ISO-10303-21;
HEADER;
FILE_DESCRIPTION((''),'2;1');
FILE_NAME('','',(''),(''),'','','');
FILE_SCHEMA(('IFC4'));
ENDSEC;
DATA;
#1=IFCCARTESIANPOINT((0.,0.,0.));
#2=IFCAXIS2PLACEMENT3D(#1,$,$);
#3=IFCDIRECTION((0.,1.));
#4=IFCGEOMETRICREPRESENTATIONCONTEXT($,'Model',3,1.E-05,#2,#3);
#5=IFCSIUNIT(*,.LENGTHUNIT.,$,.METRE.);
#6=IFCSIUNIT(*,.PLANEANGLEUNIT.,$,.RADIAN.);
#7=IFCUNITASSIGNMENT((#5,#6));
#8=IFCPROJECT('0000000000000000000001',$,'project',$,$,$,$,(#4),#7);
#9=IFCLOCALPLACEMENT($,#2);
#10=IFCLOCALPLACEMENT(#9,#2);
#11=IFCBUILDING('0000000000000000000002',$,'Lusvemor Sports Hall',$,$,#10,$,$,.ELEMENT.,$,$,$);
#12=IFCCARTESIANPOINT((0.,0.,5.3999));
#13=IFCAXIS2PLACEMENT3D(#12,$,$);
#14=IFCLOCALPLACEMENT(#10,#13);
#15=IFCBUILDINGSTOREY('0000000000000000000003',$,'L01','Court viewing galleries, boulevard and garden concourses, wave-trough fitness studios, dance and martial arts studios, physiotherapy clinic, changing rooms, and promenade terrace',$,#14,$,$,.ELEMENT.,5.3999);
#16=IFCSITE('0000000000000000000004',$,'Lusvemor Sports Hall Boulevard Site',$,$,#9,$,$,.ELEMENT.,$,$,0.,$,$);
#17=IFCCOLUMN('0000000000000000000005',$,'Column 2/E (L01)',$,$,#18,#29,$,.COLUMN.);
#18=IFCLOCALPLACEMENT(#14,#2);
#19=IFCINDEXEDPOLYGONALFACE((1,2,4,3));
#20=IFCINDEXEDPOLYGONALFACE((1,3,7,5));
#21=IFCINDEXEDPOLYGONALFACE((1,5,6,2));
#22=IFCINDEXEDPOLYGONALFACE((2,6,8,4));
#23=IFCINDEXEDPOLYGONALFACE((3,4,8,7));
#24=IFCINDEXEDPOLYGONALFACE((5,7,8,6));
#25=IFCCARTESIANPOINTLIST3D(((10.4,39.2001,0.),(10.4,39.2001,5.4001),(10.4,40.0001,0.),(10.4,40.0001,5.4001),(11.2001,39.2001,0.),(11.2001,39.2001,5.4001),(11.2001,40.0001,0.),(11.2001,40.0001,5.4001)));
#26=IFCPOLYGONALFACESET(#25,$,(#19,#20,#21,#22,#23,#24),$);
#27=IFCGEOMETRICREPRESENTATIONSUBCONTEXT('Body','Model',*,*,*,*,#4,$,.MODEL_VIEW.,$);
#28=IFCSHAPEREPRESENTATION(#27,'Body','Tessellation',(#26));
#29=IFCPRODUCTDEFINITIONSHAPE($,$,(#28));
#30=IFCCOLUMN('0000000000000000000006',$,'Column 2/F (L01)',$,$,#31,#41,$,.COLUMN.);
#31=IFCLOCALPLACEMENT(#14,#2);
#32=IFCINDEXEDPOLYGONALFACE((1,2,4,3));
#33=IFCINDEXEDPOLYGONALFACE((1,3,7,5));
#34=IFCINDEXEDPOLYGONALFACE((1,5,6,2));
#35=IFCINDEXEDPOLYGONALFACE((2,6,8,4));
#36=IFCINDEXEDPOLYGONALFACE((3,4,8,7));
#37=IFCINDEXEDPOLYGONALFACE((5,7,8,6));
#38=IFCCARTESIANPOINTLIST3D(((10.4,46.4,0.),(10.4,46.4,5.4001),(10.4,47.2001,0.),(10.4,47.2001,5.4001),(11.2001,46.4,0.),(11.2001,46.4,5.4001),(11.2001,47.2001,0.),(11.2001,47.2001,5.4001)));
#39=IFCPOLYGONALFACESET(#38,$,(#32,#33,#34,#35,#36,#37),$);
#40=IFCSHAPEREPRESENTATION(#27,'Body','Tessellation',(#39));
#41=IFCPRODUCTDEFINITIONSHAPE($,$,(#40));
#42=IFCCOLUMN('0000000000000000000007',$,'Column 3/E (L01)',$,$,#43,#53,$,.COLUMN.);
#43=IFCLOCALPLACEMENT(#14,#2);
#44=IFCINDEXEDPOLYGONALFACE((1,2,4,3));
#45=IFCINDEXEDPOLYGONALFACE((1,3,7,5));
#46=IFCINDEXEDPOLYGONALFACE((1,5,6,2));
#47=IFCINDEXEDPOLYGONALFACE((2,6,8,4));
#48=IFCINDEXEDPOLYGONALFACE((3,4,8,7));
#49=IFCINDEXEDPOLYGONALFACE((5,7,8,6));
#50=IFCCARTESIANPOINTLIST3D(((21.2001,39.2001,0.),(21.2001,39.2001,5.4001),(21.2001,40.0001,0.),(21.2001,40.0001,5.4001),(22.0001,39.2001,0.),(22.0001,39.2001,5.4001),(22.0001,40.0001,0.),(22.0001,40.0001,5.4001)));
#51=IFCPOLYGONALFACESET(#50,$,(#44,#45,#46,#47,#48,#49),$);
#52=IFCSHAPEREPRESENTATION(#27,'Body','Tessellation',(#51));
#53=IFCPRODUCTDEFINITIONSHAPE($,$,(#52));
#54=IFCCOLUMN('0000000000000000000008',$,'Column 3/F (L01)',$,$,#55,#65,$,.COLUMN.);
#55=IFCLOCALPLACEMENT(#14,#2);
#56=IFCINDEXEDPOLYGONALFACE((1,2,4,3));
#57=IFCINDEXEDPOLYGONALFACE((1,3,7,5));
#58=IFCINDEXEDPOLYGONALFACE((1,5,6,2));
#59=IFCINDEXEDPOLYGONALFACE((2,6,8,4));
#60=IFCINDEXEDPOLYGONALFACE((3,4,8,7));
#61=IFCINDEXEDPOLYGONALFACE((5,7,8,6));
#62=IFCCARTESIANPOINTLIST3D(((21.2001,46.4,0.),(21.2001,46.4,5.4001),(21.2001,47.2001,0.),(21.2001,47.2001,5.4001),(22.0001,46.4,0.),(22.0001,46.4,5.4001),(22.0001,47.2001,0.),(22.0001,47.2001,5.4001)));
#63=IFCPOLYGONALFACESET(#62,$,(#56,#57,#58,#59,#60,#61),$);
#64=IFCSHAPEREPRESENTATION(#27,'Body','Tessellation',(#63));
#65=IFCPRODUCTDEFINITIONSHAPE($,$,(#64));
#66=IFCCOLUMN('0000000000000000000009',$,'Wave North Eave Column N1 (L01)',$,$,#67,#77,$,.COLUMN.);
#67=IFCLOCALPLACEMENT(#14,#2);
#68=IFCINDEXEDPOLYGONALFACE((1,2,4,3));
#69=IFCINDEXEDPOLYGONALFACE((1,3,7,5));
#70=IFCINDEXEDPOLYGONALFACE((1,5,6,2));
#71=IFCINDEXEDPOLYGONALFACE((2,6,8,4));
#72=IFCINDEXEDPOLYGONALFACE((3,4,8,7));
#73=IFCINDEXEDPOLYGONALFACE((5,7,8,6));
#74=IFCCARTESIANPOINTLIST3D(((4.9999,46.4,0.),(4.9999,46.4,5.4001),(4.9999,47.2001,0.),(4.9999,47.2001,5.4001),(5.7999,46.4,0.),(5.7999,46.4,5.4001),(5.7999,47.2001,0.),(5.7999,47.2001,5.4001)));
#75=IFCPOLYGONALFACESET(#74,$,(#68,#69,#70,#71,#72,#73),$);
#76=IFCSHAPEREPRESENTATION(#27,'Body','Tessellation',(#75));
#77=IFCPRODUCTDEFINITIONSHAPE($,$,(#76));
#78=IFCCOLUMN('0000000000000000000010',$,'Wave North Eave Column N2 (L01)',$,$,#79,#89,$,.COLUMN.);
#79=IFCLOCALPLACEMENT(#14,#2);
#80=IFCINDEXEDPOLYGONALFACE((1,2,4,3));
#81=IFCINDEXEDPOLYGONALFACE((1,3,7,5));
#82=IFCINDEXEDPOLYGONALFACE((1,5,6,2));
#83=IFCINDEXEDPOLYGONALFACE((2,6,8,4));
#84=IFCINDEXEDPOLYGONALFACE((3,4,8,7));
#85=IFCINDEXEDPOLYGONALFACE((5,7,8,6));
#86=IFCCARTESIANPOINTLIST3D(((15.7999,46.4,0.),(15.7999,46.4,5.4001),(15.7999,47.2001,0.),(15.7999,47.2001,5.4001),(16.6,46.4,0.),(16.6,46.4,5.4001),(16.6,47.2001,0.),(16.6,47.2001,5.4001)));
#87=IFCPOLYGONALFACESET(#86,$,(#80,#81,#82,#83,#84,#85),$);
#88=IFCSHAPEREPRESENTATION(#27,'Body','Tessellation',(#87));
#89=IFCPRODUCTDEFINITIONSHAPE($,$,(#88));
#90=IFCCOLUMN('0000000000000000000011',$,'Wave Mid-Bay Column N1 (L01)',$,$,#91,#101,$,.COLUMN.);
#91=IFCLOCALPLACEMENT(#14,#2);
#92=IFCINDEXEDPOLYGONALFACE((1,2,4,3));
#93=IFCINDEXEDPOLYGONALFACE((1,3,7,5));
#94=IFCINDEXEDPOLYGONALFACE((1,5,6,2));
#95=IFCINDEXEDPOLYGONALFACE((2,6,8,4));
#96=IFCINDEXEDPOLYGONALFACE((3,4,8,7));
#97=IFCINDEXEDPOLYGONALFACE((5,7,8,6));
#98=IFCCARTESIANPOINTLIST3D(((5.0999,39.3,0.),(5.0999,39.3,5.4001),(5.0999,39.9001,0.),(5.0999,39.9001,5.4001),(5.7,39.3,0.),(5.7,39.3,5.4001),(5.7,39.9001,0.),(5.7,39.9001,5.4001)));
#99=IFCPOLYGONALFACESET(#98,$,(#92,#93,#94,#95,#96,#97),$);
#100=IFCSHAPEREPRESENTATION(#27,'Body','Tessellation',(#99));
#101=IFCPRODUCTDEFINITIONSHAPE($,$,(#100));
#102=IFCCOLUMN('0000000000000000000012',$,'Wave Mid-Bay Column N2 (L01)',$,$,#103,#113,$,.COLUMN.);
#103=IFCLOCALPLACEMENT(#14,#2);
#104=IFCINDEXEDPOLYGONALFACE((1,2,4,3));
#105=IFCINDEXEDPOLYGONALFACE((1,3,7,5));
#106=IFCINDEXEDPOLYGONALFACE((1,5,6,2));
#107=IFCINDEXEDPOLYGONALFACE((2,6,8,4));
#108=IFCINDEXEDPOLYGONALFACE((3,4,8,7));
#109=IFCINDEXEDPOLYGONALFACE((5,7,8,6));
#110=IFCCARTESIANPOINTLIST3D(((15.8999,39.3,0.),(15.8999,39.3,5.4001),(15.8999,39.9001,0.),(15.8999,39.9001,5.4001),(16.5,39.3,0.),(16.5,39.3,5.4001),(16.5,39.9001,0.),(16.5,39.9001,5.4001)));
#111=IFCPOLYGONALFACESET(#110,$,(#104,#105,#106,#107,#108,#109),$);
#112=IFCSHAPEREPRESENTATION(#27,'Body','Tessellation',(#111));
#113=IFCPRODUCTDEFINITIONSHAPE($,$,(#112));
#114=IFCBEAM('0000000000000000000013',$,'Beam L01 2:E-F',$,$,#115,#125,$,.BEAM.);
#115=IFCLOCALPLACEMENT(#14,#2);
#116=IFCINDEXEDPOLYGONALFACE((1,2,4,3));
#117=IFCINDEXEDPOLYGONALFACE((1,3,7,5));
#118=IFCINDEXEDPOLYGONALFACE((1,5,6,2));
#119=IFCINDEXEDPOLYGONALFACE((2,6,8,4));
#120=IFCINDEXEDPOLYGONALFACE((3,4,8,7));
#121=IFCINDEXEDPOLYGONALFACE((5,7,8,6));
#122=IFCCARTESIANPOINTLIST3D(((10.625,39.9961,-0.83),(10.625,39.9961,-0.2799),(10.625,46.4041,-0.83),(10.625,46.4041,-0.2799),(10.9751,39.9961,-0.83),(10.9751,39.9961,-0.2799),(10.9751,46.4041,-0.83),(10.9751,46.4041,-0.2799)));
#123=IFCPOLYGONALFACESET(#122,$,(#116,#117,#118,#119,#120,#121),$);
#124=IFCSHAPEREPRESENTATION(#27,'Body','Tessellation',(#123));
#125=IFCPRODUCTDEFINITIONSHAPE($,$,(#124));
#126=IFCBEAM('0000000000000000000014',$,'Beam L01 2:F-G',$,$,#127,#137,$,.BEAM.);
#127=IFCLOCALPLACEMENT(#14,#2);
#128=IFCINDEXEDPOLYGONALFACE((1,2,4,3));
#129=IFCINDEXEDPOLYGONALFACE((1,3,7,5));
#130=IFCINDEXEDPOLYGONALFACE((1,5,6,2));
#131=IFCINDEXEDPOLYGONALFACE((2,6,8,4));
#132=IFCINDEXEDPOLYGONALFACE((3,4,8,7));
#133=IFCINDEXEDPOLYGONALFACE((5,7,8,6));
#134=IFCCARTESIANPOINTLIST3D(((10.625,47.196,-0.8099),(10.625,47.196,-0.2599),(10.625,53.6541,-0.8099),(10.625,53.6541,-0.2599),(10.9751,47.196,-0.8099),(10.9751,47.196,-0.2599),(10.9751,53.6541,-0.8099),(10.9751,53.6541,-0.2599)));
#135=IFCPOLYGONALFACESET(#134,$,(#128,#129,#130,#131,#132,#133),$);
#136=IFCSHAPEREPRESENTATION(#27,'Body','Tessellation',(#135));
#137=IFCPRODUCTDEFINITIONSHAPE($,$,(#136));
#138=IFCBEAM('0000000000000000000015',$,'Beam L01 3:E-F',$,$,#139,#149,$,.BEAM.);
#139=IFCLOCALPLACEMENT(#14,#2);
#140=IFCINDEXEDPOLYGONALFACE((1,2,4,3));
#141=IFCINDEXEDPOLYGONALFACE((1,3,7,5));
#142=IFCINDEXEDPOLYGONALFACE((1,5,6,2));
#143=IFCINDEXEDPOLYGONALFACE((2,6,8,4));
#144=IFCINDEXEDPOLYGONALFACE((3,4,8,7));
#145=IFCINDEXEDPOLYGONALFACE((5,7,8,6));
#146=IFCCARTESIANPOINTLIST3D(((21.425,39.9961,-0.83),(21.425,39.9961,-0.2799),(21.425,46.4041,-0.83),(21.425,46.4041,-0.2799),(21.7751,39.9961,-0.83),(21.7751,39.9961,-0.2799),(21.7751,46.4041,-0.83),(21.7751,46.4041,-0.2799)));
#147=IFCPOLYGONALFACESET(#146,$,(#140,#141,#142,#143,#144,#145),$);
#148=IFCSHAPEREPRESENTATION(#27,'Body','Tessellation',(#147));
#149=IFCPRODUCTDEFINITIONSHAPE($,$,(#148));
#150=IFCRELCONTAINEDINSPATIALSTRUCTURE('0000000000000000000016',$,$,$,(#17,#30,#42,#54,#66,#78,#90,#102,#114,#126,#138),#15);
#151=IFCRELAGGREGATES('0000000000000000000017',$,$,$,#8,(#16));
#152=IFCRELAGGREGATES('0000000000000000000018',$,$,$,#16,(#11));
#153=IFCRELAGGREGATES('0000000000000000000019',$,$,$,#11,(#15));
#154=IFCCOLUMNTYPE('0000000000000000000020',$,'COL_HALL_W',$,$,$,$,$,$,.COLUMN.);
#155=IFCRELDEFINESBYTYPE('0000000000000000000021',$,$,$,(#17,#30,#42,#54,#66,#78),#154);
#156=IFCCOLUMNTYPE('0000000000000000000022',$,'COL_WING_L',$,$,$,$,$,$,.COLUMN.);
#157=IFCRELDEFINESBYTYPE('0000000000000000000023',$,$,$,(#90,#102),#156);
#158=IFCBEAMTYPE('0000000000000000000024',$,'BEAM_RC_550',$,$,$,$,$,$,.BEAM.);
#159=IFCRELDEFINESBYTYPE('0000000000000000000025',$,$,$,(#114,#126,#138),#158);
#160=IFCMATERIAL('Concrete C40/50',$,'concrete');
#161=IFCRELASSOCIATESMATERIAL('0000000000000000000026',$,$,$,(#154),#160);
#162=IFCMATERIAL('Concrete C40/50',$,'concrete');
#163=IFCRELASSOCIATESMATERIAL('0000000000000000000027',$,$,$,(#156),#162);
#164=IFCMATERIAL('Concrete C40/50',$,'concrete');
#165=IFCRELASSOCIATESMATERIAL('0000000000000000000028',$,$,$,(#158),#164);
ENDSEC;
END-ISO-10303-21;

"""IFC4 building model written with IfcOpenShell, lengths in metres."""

from ifc_helpers import new_model, si_unit, direction, frame, origin, origin_2d, place, context, subcontext, project, spatial, rectangle, extrude, material, material_profile, profile_set, type_object, element, save


model = new_model("IFC4")

# Units and contexts
model_context = context("Model", 3, precision=1e-05, world=origin(), true_north=direction((0.0, 1.0)))
body_context = subcontext(model_context, "Body", "Model", "MODEL_VIEW")
ifc_project = project(units=[si_unit("LENGTHUNIT", "METRE"), si_unit("PLANEANGLEUNIT", "RADIAN")], contexts=[model_context])

# Site, building, storey
site_placement = place(None, origin())
site = spatial("IfcSite", under=ifc_project, at=site_placement, Name="Lusvemor Sports Hall Boulevard Site", CompositionType="ELEMENT", RefElevation=0.0)
building_placement = place(site_placement, origin())
building = spatial("IfcBuilding", under=site, at=building_placement, Name="Lusvemor Sports Hall", CompositionType="ELEMENT")
storey_placement = place(building_placement, frame((0.0, 0.0, 5.3999)))
storey = spatial("IfcBuildingStorey", under=building, at=storey_placement, Name="L01", Description="Court viewing galleries, boulevard and garden concourses, wave-trough fitness studios, dance and martial arts studios, physiotherapy clinic, changing rooms, and promenade terrace", CompositionType="ELEMENT", Elevation=5.3999)

# Columns
ifc_material_1 = material(Name="Concrete C40/50", Category="concrete")
ifc_material_profile_1 = material_profile(ifc_material_1, rectangle(XDim=0.8, YDim=0.8, at=origin_2d()), Name="RC800x800")
ifc_profile_set_1 = profile_set([ifc_material_profile_1], Name="Concrete C40/50")
column_type_1 = type_object("IfcColumnType", Name="COL_HALL_W", PredefinedType="COLUMN", material=ifc_profile_set_1)
for number, where, z_axis, x_axis, name in (
    (1, (10.8, 39.6001, 0.0), (0.0, 0.0, 1.0), (1.0, 0.0, 0.0), "Column 2/E (L01)"),
    (2, (10.8, 46.8, 0.0), (0.0, 0.0, 1.0), (1.0, 0.0, 0.0), "Column 2/F (L01)"),
    (3, (21.6001, 39.6001, 0.0), (0.0, 0.0, 1.0), (1.0, 0.0, 0.0), "Column 3/E (L01)"),
    (4, (21.6001, 46.8, 0.0), (0.0, 0.0, 1.0), (1.0, 0.0, 0.0), "Column 3/F (L01)"),
    (5, (5.3999, 46.8, 0.0), (0.0, 0.0, 1.0), (1.0, 0.0, 0.0), "Wave North Eave Column N1 (L01)"),
    (6, (16.2, 46.8, 0.0), (0.0, 0.0, 1.0), (1.0, 0.0, 0.0), "Wave North Eave Column N2 (L01)"),
):
    element("IfcColumn", number, at=place(storey_placement, frame(where, z_axis=z_axis, x_axis=x_axis)), inside=storey, type_object=column_type_1, Name=name, PredefinedType="COLUMN", context=body_context, shape_type="SweptSolid", body=[
        extrude(rectangle(XDim=0.8, YDim=0.8, at=origin_2d()), origin(), (0.0, 0.0, 1.0), 5.4001),
    ])
ifc_material_2 = material(Name="Concrete C40/50", Category="concrete")
ifc_material_profile_2 = material_profile(ifc_material_2, rectangle(XDim=0.6001, YDim=0.6001, at=origin_2d()), Name="RC600x600")
ifc_profile_set_2 = profile_set([ifc_material_profile_2], Name="Concrete C40/50")
column_type_2 = type_object("IfcColumnType", Name="COL_WING_L", PredefinedType="COLUMN", material=ifc_profile_set_2)
for number, where, z_axis, x_axis, name in (
    (7, (5.3999, 39.6001, 0.0), (0.0, 0.0, 1.0), (1.0, 0.0, 0.0), "Wave Mid-Bay Column N1 (L01)"),
    (8, (16.2, 39.6001, 0.0), (0.0, 0.0, 1.0), (1.0, 0.0, 0.0), "Wave Mid-Bay Column N2 (L01)"),
):
    element("IfcColumn", number, at=place(storey_placement, frame(where, z_axis=z_axis, x_axis=x_axis)), inside=storey, type_object=column_type_2, Name=name, PredefinedType="COLUMN", context=body_context, shape_type="SweptSolid", body=[
        extrude(rectangle(XDim=0.6001, YDim=0.6001, at=origin_2d()), origin(), (0.0, 0.0, 1.0), 5.4001),
    ])

# Beams
ifc_material_3 = material(Name="Concrete C40/50", Category="concrete")
ifc_material_profile_3 = material_profile(ifc_material_3, rectangle(XDim=0.3501, YDim=0.55, at=origin_2d()), Name="RC350x550")
ifc_profile_set_3 = profile_set([ifc_material_profile_3], Name="Concrete C40/50")
beam_type_1 = type_object("IfcBeamType", Name="BEAM_RC_550", PredefinedType="BEAM", material=ifc_profile_set_3)
beam_1_placement = place(storey_placement, frame((10.8, 39.9961, -0.5549), z_axis=(0.0, 1.0, 0.0), x_axis=(-1.0, 0.0, 0.0)))
element("IfcBeam", 9, at=beam_1_placement, inside=storey, type_object=beam_type_1, Name="Beam L01 2:E-F", PredefinedType="BEAM", context=body_context, shape_type="SweptSolid", body=[
    extrude(rectangle(XDim=0.3501, YDim=0.55, at=origin_2d()), origin(), (0.0, 0.0, 1.0), 6.408),
])
beam_2_placement = place(storey_placement, frame((10.8, 47.196, -0.5349), z_axis=(0.0, 1.0, 0.0), x_axis=(-1.0, 0.0, 0.0)))
element("IfcBeam", 10, at=beam_2_placement, inside=storey, type_object=beam_type_1, Name="Beam L01 2:F-G", PredefinedType="BEAM", context=body_context, shape_type="SweptSolid", body=[
    extrude(rectangle(XDim=0.3501, YDim=0.55, at=origin_2d()), origin(), (0.0, 0.0, 1.0), 6.458),
])
beam_3_placement = place(storey_placement, frame((21.6001, 39.9961, -0.5549), z_axis=(0.0, 1.0, 0.0), x_axis=(-1.0, 0.0, 0.0)))
element("IfcBeam", 11, at=beam_3_placement, inside=storey, type_object=beam_type_1, Name="Beam L01 3:E-F", PredefinedType="BEAM", context=body_context, shape_type="SweptSolid", body=[
    extrude(rectangle(XDim=0.3501, YDim=0.55, at=origin_2d()), origin(), (0.0, 0.0, 1.0), 6.408),
])

save(model, "model.ifc")
